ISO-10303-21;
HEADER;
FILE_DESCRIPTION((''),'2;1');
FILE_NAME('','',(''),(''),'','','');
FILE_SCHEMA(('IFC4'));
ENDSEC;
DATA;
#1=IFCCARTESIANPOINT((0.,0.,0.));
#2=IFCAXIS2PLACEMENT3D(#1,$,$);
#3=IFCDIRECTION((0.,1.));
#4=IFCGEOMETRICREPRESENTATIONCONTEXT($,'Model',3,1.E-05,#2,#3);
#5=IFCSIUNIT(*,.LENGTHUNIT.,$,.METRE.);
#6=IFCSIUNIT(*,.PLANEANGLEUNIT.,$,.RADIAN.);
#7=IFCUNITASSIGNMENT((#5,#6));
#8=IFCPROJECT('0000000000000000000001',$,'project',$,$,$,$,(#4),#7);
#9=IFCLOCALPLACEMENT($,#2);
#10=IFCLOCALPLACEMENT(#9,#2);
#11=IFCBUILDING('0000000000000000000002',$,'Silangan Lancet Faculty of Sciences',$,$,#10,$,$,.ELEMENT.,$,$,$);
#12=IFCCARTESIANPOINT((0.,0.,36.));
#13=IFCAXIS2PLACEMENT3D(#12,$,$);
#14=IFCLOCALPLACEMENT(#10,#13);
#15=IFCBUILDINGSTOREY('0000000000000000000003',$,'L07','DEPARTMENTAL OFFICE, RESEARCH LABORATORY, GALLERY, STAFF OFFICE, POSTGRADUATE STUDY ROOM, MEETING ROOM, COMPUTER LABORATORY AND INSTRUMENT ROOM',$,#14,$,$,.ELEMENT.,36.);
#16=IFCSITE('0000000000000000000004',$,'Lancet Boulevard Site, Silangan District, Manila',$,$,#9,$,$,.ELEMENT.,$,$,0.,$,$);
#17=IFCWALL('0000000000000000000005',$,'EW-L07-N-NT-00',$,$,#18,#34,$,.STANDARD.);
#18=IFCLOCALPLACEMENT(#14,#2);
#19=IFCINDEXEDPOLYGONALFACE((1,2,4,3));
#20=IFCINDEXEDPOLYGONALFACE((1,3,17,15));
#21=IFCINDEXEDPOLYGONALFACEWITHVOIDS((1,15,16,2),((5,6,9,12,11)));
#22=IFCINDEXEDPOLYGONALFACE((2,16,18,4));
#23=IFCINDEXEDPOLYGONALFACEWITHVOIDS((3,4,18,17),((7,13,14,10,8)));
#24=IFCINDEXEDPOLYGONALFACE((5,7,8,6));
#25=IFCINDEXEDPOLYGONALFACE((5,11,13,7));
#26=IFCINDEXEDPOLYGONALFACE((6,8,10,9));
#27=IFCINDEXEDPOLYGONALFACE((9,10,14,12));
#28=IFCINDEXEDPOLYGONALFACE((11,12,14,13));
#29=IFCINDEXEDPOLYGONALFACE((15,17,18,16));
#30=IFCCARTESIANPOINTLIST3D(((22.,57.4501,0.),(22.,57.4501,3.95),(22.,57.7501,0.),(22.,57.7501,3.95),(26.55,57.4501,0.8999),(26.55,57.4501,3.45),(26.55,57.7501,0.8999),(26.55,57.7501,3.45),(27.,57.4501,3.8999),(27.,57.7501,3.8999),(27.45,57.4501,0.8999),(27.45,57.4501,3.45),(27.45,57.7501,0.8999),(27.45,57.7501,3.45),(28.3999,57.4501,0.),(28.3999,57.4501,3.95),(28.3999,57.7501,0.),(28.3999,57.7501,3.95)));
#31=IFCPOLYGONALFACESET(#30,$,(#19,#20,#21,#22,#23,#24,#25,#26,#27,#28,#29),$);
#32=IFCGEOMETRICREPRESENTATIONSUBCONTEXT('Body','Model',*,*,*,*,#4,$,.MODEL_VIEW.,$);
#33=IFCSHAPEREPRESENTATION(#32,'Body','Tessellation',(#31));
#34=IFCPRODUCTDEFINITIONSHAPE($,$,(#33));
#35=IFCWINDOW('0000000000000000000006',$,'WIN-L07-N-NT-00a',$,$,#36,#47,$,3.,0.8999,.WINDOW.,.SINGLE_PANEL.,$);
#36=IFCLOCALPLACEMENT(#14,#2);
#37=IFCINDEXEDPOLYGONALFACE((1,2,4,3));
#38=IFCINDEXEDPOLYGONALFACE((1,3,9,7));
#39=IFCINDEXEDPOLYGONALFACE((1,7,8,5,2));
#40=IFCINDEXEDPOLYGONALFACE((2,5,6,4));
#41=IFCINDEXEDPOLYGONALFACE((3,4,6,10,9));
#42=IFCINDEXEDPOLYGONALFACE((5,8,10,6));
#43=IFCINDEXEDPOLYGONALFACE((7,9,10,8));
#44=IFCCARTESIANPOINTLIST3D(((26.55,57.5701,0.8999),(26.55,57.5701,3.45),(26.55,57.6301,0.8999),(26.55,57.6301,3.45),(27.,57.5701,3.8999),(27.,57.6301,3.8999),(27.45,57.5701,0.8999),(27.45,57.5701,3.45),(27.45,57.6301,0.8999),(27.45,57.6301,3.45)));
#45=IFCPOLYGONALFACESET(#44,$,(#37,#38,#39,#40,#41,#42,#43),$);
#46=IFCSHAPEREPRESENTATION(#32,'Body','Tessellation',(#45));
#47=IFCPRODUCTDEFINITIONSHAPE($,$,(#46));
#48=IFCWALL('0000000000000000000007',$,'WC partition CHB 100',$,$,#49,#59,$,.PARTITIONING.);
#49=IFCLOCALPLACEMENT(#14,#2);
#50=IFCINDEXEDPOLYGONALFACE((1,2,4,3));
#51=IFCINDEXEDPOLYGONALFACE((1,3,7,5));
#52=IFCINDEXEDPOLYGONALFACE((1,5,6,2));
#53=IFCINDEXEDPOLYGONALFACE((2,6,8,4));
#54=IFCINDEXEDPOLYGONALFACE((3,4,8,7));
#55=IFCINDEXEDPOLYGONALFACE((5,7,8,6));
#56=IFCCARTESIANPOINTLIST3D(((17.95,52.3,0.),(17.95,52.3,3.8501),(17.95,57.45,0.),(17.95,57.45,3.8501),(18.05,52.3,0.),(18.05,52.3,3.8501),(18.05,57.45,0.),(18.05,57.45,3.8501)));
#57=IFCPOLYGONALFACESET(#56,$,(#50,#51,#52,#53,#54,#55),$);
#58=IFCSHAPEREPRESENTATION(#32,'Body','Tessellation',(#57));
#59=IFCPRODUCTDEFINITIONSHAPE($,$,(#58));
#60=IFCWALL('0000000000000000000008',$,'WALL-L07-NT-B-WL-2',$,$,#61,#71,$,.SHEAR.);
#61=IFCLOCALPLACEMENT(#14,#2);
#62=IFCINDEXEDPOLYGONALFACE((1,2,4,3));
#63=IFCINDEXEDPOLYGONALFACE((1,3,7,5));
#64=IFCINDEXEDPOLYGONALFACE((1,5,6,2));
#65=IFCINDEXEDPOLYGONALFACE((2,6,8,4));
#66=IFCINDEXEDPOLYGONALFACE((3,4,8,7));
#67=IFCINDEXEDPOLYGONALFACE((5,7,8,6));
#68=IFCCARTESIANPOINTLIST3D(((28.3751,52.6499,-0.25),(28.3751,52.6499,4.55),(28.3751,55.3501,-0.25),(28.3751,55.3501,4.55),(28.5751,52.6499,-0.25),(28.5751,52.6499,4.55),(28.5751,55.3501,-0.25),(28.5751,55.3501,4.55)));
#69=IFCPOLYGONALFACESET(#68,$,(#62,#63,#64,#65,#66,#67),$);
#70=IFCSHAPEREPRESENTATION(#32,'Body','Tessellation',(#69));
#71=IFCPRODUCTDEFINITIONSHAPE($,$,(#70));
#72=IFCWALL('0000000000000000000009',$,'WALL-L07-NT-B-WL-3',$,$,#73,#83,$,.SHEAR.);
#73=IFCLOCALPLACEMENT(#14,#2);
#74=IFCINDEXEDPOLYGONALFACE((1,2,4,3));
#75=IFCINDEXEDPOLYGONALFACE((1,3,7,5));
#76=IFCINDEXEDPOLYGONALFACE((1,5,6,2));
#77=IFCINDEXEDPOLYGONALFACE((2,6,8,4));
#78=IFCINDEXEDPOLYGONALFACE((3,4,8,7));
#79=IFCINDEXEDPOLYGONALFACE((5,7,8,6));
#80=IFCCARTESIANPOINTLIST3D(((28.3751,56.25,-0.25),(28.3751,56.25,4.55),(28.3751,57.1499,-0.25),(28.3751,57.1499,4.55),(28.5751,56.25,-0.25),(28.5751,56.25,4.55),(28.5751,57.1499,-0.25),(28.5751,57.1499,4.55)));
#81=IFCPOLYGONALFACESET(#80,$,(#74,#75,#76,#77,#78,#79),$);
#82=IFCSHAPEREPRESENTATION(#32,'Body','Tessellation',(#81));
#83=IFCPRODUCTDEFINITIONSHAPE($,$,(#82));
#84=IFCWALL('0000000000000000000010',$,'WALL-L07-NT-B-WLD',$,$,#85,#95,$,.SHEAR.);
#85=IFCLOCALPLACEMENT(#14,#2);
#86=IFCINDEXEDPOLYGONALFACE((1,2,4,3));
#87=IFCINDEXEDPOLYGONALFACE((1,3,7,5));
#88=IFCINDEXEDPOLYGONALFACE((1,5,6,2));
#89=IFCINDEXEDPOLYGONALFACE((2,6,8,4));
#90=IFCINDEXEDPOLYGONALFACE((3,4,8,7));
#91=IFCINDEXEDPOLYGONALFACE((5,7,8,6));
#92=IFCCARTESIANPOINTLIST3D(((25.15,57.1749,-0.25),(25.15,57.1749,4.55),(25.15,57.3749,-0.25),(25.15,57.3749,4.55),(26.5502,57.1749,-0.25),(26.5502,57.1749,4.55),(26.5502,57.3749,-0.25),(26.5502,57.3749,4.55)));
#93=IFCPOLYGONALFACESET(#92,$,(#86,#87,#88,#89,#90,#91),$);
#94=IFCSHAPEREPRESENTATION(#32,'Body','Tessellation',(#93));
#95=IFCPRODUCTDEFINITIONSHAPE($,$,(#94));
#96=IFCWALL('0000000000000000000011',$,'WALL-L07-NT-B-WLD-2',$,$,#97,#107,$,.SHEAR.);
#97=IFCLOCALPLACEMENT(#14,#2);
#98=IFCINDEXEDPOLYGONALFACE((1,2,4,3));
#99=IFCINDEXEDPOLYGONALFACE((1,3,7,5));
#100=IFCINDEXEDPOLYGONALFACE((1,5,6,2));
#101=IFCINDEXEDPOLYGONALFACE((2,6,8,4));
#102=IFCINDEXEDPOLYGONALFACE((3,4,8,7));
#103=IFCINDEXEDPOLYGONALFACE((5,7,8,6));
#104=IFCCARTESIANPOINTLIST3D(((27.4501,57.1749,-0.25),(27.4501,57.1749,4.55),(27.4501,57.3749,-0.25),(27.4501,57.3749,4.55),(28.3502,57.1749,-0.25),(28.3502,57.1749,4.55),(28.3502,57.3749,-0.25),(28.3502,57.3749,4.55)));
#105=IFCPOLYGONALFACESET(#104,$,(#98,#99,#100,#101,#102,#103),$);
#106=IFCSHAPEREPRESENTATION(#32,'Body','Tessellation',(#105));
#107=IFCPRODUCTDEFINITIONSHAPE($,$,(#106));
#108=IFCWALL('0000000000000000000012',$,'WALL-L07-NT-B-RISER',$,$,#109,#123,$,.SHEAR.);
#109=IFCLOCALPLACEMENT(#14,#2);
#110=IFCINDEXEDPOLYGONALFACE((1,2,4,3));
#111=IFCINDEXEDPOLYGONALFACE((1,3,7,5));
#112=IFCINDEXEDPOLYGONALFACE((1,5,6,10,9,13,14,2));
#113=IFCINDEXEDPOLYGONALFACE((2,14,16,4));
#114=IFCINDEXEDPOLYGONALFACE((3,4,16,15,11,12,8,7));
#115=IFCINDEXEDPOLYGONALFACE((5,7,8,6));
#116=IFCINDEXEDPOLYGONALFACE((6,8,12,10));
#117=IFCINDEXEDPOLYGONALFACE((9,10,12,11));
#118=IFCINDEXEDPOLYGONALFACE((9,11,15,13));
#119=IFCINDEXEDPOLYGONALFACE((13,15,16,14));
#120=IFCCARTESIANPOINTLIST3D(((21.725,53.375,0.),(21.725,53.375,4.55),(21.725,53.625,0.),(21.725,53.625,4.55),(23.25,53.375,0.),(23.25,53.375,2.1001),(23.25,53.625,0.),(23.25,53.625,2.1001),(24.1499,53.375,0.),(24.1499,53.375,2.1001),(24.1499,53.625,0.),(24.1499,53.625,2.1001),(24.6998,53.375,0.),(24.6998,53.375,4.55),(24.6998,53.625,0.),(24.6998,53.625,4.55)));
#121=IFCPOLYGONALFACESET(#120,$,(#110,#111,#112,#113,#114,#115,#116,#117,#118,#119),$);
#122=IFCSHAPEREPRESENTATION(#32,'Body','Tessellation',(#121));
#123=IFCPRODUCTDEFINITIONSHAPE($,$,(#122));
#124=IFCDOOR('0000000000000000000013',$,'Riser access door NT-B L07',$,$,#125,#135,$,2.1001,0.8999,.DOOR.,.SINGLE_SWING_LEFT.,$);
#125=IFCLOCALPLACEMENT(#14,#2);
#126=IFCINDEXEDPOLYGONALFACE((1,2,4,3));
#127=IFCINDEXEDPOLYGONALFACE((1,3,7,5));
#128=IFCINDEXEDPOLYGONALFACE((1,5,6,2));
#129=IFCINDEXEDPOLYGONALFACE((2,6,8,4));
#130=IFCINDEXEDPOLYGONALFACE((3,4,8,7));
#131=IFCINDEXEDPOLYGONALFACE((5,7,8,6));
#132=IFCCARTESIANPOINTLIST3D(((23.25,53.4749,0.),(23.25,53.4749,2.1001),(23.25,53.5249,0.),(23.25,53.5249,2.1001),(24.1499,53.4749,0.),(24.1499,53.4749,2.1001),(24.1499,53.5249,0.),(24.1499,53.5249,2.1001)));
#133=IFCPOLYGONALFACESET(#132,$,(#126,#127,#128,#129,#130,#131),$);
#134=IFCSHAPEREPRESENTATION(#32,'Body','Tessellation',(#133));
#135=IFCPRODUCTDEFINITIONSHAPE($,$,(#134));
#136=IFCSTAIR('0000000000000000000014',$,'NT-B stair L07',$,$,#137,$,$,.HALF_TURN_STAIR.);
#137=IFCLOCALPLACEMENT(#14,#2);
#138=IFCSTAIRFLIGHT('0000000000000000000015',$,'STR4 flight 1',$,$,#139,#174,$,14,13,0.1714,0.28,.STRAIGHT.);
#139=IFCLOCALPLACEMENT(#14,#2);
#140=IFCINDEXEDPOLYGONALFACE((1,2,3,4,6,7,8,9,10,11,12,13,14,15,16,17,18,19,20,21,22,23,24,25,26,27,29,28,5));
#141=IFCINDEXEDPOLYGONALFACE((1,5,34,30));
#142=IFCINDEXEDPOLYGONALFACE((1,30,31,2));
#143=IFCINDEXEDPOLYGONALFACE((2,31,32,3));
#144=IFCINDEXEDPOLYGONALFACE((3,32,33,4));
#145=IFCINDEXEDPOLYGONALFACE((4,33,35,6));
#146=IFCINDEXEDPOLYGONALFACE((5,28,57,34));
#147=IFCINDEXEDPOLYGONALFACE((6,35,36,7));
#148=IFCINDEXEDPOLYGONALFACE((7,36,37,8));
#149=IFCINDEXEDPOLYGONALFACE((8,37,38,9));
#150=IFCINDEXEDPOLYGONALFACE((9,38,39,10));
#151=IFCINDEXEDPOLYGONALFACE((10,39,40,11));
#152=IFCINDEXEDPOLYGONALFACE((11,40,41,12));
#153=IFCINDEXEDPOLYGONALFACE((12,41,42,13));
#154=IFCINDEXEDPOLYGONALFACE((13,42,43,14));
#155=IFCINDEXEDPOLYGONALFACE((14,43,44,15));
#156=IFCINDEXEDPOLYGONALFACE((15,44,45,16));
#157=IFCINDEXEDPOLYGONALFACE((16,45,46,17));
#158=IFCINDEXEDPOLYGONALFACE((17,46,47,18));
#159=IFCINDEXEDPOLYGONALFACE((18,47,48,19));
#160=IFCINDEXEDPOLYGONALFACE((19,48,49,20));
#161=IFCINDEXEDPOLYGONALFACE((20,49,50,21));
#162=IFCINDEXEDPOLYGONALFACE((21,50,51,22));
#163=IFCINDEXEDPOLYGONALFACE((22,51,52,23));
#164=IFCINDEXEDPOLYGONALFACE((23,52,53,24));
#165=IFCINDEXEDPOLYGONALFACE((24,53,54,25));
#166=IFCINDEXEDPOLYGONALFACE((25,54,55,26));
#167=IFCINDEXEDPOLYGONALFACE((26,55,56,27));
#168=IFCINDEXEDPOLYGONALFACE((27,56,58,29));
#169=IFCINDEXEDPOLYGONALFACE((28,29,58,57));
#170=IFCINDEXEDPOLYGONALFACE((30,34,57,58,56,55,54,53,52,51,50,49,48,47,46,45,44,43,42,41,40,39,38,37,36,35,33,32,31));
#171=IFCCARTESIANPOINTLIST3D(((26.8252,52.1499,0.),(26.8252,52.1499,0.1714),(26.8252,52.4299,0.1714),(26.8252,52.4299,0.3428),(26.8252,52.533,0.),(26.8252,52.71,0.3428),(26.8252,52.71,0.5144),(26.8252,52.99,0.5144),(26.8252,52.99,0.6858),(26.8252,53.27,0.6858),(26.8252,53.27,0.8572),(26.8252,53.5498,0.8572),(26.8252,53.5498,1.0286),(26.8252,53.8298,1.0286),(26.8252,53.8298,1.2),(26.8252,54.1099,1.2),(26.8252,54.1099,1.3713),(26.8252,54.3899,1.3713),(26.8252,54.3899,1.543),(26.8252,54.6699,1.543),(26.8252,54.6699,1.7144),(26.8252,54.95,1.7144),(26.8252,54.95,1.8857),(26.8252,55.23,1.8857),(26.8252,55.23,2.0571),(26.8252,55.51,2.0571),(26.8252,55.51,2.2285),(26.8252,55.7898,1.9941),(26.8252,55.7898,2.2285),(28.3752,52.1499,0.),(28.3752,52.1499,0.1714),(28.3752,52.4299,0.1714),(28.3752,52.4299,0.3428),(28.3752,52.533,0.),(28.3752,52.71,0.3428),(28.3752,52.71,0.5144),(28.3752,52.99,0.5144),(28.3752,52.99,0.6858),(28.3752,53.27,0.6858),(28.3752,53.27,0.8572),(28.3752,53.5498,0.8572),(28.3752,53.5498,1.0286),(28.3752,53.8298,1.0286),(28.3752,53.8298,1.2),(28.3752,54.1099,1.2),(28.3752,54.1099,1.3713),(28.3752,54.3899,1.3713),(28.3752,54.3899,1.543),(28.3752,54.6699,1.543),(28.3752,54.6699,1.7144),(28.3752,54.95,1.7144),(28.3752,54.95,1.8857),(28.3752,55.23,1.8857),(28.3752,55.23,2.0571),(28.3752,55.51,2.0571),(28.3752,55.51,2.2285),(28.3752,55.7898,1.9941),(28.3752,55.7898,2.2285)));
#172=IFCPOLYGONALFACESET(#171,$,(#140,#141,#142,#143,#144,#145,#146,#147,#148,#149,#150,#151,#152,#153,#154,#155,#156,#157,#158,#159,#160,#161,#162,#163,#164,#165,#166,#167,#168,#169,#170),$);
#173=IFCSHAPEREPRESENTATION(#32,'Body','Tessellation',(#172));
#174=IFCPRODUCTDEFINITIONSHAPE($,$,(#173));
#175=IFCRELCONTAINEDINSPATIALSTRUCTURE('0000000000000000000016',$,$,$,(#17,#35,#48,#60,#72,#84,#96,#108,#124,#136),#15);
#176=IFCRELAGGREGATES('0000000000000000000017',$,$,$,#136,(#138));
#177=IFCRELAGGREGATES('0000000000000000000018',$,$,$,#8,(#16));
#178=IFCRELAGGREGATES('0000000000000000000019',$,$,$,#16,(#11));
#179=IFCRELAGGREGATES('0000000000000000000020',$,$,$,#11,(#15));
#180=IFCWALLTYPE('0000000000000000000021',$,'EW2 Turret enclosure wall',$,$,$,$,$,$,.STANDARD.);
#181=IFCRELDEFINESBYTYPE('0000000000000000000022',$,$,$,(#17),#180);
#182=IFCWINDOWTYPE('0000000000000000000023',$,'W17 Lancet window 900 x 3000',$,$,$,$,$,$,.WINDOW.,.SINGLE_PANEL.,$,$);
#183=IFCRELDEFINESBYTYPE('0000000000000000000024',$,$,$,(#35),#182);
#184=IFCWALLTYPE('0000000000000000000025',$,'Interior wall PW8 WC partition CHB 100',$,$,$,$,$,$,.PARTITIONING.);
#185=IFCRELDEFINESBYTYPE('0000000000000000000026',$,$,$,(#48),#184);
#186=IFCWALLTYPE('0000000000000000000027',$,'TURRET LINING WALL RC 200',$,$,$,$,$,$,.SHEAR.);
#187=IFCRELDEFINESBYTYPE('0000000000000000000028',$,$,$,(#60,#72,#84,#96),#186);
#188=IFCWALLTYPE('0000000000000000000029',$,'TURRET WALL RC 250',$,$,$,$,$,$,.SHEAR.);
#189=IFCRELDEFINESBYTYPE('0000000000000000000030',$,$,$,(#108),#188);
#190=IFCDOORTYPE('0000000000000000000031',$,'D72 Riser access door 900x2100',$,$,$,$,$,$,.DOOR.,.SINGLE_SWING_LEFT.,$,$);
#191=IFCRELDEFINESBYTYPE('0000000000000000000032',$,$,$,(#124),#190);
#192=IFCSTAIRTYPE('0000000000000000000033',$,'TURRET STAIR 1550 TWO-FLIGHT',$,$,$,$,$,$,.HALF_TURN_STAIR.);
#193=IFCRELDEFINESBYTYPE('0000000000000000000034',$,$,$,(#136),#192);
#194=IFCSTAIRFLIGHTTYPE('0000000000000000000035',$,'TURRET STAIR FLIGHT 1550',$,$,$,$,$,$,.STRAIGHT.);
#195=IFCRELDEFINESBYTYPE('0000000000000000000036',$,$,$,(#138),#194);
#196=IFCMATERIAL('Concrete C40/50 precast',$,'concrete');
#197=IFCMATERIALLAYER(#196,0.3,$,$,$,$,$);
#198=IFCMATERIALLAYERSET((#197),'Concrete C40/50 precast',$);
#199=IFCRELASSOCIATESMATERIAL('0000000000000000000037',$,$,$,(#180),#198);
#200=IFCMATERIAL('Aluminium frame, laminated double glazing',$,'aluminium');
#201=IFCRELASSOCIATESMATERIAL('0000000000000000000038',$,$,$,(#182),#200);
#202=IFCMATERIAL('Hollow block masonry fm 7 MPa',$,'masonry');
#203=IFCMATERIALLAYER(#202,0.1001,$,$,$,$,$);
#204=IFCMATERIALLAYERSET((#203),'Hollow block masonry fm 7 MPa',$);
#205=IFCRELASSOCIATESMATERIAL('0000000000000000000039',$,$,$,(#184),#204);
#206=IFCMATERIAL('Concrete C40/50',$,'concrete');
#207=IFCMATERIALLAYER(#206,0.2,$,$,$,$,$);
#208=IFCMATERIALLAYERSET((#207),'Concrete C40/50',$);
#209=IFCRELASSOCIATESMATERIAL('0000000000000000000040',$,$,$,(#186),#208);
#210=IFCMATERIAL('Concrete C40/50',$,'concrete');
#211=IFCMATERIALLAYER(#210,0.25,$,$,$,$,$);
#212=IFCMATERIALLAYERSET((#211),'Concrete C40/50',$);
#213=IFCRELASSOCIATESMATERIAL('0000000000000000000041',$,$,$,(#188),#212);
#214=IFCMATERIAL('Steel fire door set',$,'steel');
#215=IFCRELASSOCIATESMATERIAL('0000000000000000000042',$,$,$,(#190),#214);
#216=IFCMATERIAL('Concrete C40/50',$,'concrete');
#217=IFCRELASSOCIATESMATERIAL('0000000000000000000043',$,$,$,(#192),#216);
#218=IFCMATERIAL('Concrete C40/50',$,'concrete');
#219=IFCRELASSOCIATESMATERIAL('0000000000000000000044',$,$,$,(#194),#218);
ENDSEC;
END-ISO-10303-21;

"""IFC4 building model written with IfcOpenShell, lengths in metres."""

from ifc_helpers import new_model, si_unit, direction, frame, frame_2d, origin, place, context, subcontext, project, spatial, polyline, rectangle, outline, extrude, material, layer, layer_set, type_object, element, fill, aggregate, save


model = new_model("IFC4")

# Units and contexts
model_context = context("Model", 3, precision=1e-05, world=origin(), true_north=direction((0.0, 1.0)))
body_context = subcontext(model_context, "Body", "Model", "MODEL_VIEW")
ifc_project = project(units=[si_unit("LENGTHUNIT", "METRE"), si_unit("PLANEANGLEUNIT", "RADIAN")], contexts=[model_context])

# Site, building, storey
site_placement = place(None, origin())
site = spatial("IfcSite", under=ifc_project, at=site_placement, Name="Lancet Boulevard Site, Silangan District, Manila", CompositionType="ELEMENT", RefElevation=0.0)
building_placement = place(site_placement, origin())
building = spatial("IfcBuilding", under=site, at=building_placement, Name="Silangan Lancet Faculty of Sciences", CompositionType="ELEMENT")
storey_placement = place(building_placement, frame((0.0, 0.0, 36.0)))
storey = spatial("IfcBuildingStorey", under=building, at=storey_placement, Name="L07", Description="DEPARTMENTAL OFFICE, RESEARCH LABORATORY, GALLERY, STAFF OFFICE, POSTGRADUATE STUDY ROOM, MEETING ROOM, COMPUTER LABORATORY AND INSTRUMENT ROOM", CompositionType="ELEMENT", Elevation=36.0)

# Wall, opening, window
ifc_material_1 = material(Name="Concrete C40/50 precast", Category="concrete")
ifc_layer_1 = layer(ifc_material_1, 0.3)
ifc_layer_set_1 = layer_set([ifc_layer_1], Name="Concrete C40/50 precast")
wall_type_1 = type_object("IfcWallType", Name="EW2 Turret enclosure wall", PredefinedType="STANDARD", material=ifc_layer_set_1)
wall_1_placement = place(storey_placement, frame((28.3999, 57.6001, 0.0), z_axis=(0.0, 0.0, 1.0), x_axis=(-1.0, 0.0, 0.0)))
wall_1 = element("IfcWall", 1, at=wall_1_placement, inside=storey, type_object=wall_type_1, Name="EW-L07-N-NT-00", PredefinedType="STANDARD", context=body_context, shape_type="SweptSolid", body=[
    extrude(rectangle(XDim=6.3999, YDim=0.3, at=frame_2d((3.2, 0.0))), origin(), (0.0, 0.0, 1.0), 3.95),
])
opening_1_placement = place(wall_1_placement, frame((0.95, 0.0, 0.8999)))
opening_1 = element("IfcOpeningElement", 2, at=opening_1_placement, cuts=wall_1, PredefinedType="OPENING", context=body_context, shape_type="SweptSolid", body=[
    extrude(outline(polyline([(0.0, 0.0), (0.8999, 0.0), (0.8999, 2.55), (0.45, 3.0), (0.0, 2.55), (0.0, 0.0)])), frame((0.0, 0.1599, 0.0), z_axis=(0.0, -1.0, 0.0), x_axis=(1.0, 0.0, 0.0)), (0.0, 0.0, 1.0), 0.3201),
])
ifc_material_2 = material(Name="Aluminium frame, laminated double glazing", Category="aluminium")
window_type_1 = type_object("IfcWindowType", Name="W17 Lancet window 900 x 3000", PartitioningType="SINGLE_PANEL", PredefinedType="WINDOW", material=ifc_material_2)
window_1_placement = place(opening_1_placement, origin())
window_1 = element("IfcWindow", 3, at=window_1_placement, inside=storey, type_object=window_type_1, Name="WIN-L07-N-NT-00a", OverallHeight=3.0, OverallWidth=0.8999, PartitioningType="SINGLE_PANEL", PredefinedType="WINDOW", context=body_context, shape_type="SweptSolid", body=[
    extrude(outline(polyline([(0.0, 0.0), (0.8999, 0.0), (0.8999, 2.55), (0.45, 3.0), (0.0, 2.55), (0.0, 0.0)])), frame((0.0, 0.03, 0.0), z_axis=(0.0, -1.0, 0.0), x_axis=(1.0, 0.0, 0.0)), (0.0, 0.0, 1.0), 0.0601),
])
fill(opening_1, window_1)

# Walls
ifc_material_3 = material(Name="Hollow block masonry fm 7 MPa", Category="masonry")
ifc_layer_2 = layer(ifc_material_3, 0.1001)
ifc_layer_set_2 = layer_set([ifc_layer_2], Name="Hollow block masonry fm 7 MPa")
wall_type_2 = type_object("IfcWallType", Name="Interior wall PW8 WC partition CHB 100", PredefinedType="PARTITIONING", material=ifc_layer_set_2)
wall_2_placement = place(storey_placement, frame((18.0, 52.3, 0.0), z_axis=(0.0, 0.0, 1.0), x_axis=(0.0, 1.0, 0.0)))
element("IfcWall", 4, at=wall_2_placement, inside=storey, type_object=wall_type_2, Name="WC partition CHB 100", PredefinedType="PARTITIONING", context=body_context, shape_type="SweptSolid", body=[
    extrude(rectangle(XDim=5.1499, YDim=0.1001, at=frame_2d((2.575, 0.0))), origin(), (0.0, 0.0, 1.0), 3.8501),
])
ifc_material_4 = material(Name="Concrete C40/50", Category="concrete")
ifc_layer_3 = layer(ifc_material_4, 0.2)
ifc_layer_set_3 = layer_set([ifc_layer_3], Name="Concrete C40/50")
wall_type_3 = type_object("IfcWallType", Name="TURRET LINING WALL RC 200", PredefinedType="SHEAR", material=ifc_layer_set_3)
wall_3_placement = place(storey_placement, frame((28.4751, 52.6499, -0.25), z_axis=(0.0, 0.0, 1.0), x_axis=(0.0, 1.0, 0.0)))
element("IfcWall", 5, at=wall_3_placement, inside=storey, type_object=wall_type_3, Name="WALL-L07-NT-B-WL-2", PredefinedType="SHEAR", context=body_context, shape_type="SweptSolid", body=[
    extrude(rectangle(XDim=2.7002, YDim=0.2, at=frame_2d((1.3501, 0.0))), origin(), (0.0, 0.0, 1.0), 4.8),
])
wall_4_placement = place(storey_placement, frame((28.4751, 56.25, -0.25), z_axis=(0.0, 0.0, 1.0), x_axis=(0.0, 1.0, 0.0)))
element("IfcWall", 6, at=wall_4_placement, inside=storey, type_object=wall_type_3, Name="WALL-L07-NT-B-WL-3", PredefinedType="SHEAR", context=body_context, shape_type="SweptSolid", body=[
    extrude(rectangle(XDim=0.8999, YDim=0.2, at=frame_2d((0.45, 0.0))), origin(), (0.0, 0.0, 1.0), 4.8),
])
wall_5_placement = place(storey_placement, frame((25.1499, 57.2749, -0.25), z_axis=(0.0, 0.0, 1.0), x_axis=(1.0, 0.0, 0.0)))
element("IfcWall", 7, at=wall_5_placement, inside=storey, type_object=wall_type_3, Name="WALL-L07-NT-B-WLD", PredefinedType="SHEAR", context=body_context, shape_type="SweptSolid", body=[
    extrude(rectangle(XDim=1.4001, YDim=0.2, at=frame_2d((0.7002, 0.0))), origin(), (0.0, 0.0, 1.0), 4.8),
])
wall_6_placement = place(storey_placement, frame((27.45, 57.2749, -0.25), z_axis=(0.0, 0.0, 1.0), x_axis=(1.0, 0.0, 0.0)))
element("IfcWall", 8, at=wall_6_placement, inside=storey, type_object=wall_type_3, Name="WALL-L07-NT-B-WLD-2", PredefinedType="SHEAR", context=body_context, shape_type="SweptSolid", body=[
    extrude(rectangle(XDim=0.9001, YDim=0.2, at=frame_2d((0.4502, 0.0))), origin(), (0.0, 0.0, 1.0), 4.8),
])

# Wall, opening, door
ifc_material_5 = material(Name="Concrete C40/50", Category="concrete")
ifc_layer_4 = layer(ifc_material_5, 0.25)
ifc_layer_set_4 = layer_set([ifc_layer_4], Name="Concrete C40/50")
wall_type_4 = type_object("IfcWallType", Name="TURRET WALL RC 250", PredefinedType="SHEAR", material=ifc_layer_set_4)
wall_7_placement = place(storey_placement, frame((21.7251, 53.5, 0.0), z_axis=(0.0, 0.0, 1.0), x_axis=(1.0, 0.0, 0.0)))
wall_7 = element("IfcWall", 9, at=wall_7_placement, inside=storey, type_object=wall_type_4, Name="WALL-L07-NT-B-RISER", PredefinedType="SHEAR", context=body_context, shape_type="SweptSolid", body=[
    extrude(rectangle(XDim=2.9749, YDim=0.25, at=frame_2d((1.4873, 0.0))), origin(), (0.0, 0.0, 1.0), 4.55),
])
opening_2_placement = place(wall_7_placement, frame((1.5249, 0.0, 0.0)))
opening_2 = element("IfcOpeningElement", 10, at=opening_2_placement, cuts=wall_7, PredefinedType="OPENING", context=body_context, shape_type="SweptSolid", body=[
    extrude(rectangle(XDim=0.8999, YDim=2.1001, at=frame_2d((0.45, 1.05))), frame((0.0, 0.135, 0.0), z_axis=(0.0, -1.0, 0.0), x_axis=(1.0, 0.0, 0.0)), (0.0, 0.0, 1.0), 0.27),
])
ifc_material_6 = material(Name="Steel fire door set", Category="steel")
door_type = type_object("IfcDoorType", Name="D72 Riser access door 900x2100", OperationType="SINGLE_SWING_LEFT", PredefinedType="DOOR", material=ifc_material_6)
door_placement = place(opening_2_placement, origin())
door = element("IfcDoor", 11, at=door_placement, inside=storey, type_object=door_type, Name="Riser access door NT-B L07", OperationType="SINGLE_SWING_LEFT", OverallHeight=2.1001, OverallWidth=0.8999, PredefinedType="DOOR", context=body_context, shape_type="SweptSolid", body=[
    extrude(rectangle(XDim=0.8999, YDim=2.1001, at=frame_2d((0.45, 1.05))), frame((0.0, 0.0249, 0.0), z_axis=(0.0, -1.0, 0.0), x_axis=(1.0, 0.0, 0.0)), (0.0, 0.0, 1.0), 0.05),
])
fill(opening_2, door)

# Stair, stair flight
ifc_material_7 = material(Name="Concrete C40/50", Category="concrete")
stair_type = type_object("IfcStairType", Name="TURRET STAIR 1550 TWO-FLIGHT", PredefinedType="HALF_TURN_STAIR", material=ifc_material_7)
stair_placement = place(storey_placement, origin())
stair = element("IfcStair", 12, at=stair_placement, inside=storey, type_object=stair_type, Name="NT-B stair L07", PredefinedType="HALF_TURN_STAIR")
ifc_material_8 = material(Name="Concrete C40/50", Category="concrete")
stair_flight_type = type_object("IfcStairFlightType", Name="TURRET STAIR FLIGHT 1550", PredefinedType="STRAIGHT", material=ifc_material_8)
stair_flight_1_placement = place(storey_placement, frame((27.6001, 52.1499, 0.0), z_axis=(0.0, 0.0, 1.0), x_axis=(0.0, 1.0, 0.0)))
stair_flight_1 = element("IfcStairFlight", 13, at=stair_flight_1_placement, type_object=stair_flight_type, Name="STR4 flight 1", NumberOfRisers=14, NumberOfTreads=13, PredefinedType="STRAIGHT", RiserHeight=0.1714, TreadLength=0.28, context=body_context, shape_type="SweptSolid", body=[
    extrude(outline(polyline([(0.0, 0.0), (0.0, 0.1714), (0.28, 0.1714), (0.28, 0.3428), (0.5601, 0.3428), (0.5601, 0.5144), (0.8401, 0.5144), (0.8401, 0.6858), (1.1201, 0.6858), (1.1201, 0.8572), (1.3999, 0.8572), (1.3999, 1.0286), (1.6799, 1.0286), (1.6799, 1.2), (1.96, 1.2), (1.96, 1.3713), (2.24, 1.3713), (2.24, 1.543), (2.52, 1.543), (2.52, 1.7144), (2.8, 1.7144), (2.8, 1.8857), (3.0801, 1.8857), (3.0801, 2.0571), (3.3601, 2.0571), (3.3601, 2.2285), (3.6399, 2.2285), (3.6399, 2.3999), (3.6399, 1.9941), (0.3831, 0.0), (0.0, 0.0)])), frame((0.0, 0.7749, 0.0), z_axis=(0.0, -1.0, 0.0), x_axis=(1.0, 0.0, 0.0)), (0.0, 0.0, 1.0), 1.55),
])
aggregate(stair, [stair_flight_1])

save(model, "model.ifc")
